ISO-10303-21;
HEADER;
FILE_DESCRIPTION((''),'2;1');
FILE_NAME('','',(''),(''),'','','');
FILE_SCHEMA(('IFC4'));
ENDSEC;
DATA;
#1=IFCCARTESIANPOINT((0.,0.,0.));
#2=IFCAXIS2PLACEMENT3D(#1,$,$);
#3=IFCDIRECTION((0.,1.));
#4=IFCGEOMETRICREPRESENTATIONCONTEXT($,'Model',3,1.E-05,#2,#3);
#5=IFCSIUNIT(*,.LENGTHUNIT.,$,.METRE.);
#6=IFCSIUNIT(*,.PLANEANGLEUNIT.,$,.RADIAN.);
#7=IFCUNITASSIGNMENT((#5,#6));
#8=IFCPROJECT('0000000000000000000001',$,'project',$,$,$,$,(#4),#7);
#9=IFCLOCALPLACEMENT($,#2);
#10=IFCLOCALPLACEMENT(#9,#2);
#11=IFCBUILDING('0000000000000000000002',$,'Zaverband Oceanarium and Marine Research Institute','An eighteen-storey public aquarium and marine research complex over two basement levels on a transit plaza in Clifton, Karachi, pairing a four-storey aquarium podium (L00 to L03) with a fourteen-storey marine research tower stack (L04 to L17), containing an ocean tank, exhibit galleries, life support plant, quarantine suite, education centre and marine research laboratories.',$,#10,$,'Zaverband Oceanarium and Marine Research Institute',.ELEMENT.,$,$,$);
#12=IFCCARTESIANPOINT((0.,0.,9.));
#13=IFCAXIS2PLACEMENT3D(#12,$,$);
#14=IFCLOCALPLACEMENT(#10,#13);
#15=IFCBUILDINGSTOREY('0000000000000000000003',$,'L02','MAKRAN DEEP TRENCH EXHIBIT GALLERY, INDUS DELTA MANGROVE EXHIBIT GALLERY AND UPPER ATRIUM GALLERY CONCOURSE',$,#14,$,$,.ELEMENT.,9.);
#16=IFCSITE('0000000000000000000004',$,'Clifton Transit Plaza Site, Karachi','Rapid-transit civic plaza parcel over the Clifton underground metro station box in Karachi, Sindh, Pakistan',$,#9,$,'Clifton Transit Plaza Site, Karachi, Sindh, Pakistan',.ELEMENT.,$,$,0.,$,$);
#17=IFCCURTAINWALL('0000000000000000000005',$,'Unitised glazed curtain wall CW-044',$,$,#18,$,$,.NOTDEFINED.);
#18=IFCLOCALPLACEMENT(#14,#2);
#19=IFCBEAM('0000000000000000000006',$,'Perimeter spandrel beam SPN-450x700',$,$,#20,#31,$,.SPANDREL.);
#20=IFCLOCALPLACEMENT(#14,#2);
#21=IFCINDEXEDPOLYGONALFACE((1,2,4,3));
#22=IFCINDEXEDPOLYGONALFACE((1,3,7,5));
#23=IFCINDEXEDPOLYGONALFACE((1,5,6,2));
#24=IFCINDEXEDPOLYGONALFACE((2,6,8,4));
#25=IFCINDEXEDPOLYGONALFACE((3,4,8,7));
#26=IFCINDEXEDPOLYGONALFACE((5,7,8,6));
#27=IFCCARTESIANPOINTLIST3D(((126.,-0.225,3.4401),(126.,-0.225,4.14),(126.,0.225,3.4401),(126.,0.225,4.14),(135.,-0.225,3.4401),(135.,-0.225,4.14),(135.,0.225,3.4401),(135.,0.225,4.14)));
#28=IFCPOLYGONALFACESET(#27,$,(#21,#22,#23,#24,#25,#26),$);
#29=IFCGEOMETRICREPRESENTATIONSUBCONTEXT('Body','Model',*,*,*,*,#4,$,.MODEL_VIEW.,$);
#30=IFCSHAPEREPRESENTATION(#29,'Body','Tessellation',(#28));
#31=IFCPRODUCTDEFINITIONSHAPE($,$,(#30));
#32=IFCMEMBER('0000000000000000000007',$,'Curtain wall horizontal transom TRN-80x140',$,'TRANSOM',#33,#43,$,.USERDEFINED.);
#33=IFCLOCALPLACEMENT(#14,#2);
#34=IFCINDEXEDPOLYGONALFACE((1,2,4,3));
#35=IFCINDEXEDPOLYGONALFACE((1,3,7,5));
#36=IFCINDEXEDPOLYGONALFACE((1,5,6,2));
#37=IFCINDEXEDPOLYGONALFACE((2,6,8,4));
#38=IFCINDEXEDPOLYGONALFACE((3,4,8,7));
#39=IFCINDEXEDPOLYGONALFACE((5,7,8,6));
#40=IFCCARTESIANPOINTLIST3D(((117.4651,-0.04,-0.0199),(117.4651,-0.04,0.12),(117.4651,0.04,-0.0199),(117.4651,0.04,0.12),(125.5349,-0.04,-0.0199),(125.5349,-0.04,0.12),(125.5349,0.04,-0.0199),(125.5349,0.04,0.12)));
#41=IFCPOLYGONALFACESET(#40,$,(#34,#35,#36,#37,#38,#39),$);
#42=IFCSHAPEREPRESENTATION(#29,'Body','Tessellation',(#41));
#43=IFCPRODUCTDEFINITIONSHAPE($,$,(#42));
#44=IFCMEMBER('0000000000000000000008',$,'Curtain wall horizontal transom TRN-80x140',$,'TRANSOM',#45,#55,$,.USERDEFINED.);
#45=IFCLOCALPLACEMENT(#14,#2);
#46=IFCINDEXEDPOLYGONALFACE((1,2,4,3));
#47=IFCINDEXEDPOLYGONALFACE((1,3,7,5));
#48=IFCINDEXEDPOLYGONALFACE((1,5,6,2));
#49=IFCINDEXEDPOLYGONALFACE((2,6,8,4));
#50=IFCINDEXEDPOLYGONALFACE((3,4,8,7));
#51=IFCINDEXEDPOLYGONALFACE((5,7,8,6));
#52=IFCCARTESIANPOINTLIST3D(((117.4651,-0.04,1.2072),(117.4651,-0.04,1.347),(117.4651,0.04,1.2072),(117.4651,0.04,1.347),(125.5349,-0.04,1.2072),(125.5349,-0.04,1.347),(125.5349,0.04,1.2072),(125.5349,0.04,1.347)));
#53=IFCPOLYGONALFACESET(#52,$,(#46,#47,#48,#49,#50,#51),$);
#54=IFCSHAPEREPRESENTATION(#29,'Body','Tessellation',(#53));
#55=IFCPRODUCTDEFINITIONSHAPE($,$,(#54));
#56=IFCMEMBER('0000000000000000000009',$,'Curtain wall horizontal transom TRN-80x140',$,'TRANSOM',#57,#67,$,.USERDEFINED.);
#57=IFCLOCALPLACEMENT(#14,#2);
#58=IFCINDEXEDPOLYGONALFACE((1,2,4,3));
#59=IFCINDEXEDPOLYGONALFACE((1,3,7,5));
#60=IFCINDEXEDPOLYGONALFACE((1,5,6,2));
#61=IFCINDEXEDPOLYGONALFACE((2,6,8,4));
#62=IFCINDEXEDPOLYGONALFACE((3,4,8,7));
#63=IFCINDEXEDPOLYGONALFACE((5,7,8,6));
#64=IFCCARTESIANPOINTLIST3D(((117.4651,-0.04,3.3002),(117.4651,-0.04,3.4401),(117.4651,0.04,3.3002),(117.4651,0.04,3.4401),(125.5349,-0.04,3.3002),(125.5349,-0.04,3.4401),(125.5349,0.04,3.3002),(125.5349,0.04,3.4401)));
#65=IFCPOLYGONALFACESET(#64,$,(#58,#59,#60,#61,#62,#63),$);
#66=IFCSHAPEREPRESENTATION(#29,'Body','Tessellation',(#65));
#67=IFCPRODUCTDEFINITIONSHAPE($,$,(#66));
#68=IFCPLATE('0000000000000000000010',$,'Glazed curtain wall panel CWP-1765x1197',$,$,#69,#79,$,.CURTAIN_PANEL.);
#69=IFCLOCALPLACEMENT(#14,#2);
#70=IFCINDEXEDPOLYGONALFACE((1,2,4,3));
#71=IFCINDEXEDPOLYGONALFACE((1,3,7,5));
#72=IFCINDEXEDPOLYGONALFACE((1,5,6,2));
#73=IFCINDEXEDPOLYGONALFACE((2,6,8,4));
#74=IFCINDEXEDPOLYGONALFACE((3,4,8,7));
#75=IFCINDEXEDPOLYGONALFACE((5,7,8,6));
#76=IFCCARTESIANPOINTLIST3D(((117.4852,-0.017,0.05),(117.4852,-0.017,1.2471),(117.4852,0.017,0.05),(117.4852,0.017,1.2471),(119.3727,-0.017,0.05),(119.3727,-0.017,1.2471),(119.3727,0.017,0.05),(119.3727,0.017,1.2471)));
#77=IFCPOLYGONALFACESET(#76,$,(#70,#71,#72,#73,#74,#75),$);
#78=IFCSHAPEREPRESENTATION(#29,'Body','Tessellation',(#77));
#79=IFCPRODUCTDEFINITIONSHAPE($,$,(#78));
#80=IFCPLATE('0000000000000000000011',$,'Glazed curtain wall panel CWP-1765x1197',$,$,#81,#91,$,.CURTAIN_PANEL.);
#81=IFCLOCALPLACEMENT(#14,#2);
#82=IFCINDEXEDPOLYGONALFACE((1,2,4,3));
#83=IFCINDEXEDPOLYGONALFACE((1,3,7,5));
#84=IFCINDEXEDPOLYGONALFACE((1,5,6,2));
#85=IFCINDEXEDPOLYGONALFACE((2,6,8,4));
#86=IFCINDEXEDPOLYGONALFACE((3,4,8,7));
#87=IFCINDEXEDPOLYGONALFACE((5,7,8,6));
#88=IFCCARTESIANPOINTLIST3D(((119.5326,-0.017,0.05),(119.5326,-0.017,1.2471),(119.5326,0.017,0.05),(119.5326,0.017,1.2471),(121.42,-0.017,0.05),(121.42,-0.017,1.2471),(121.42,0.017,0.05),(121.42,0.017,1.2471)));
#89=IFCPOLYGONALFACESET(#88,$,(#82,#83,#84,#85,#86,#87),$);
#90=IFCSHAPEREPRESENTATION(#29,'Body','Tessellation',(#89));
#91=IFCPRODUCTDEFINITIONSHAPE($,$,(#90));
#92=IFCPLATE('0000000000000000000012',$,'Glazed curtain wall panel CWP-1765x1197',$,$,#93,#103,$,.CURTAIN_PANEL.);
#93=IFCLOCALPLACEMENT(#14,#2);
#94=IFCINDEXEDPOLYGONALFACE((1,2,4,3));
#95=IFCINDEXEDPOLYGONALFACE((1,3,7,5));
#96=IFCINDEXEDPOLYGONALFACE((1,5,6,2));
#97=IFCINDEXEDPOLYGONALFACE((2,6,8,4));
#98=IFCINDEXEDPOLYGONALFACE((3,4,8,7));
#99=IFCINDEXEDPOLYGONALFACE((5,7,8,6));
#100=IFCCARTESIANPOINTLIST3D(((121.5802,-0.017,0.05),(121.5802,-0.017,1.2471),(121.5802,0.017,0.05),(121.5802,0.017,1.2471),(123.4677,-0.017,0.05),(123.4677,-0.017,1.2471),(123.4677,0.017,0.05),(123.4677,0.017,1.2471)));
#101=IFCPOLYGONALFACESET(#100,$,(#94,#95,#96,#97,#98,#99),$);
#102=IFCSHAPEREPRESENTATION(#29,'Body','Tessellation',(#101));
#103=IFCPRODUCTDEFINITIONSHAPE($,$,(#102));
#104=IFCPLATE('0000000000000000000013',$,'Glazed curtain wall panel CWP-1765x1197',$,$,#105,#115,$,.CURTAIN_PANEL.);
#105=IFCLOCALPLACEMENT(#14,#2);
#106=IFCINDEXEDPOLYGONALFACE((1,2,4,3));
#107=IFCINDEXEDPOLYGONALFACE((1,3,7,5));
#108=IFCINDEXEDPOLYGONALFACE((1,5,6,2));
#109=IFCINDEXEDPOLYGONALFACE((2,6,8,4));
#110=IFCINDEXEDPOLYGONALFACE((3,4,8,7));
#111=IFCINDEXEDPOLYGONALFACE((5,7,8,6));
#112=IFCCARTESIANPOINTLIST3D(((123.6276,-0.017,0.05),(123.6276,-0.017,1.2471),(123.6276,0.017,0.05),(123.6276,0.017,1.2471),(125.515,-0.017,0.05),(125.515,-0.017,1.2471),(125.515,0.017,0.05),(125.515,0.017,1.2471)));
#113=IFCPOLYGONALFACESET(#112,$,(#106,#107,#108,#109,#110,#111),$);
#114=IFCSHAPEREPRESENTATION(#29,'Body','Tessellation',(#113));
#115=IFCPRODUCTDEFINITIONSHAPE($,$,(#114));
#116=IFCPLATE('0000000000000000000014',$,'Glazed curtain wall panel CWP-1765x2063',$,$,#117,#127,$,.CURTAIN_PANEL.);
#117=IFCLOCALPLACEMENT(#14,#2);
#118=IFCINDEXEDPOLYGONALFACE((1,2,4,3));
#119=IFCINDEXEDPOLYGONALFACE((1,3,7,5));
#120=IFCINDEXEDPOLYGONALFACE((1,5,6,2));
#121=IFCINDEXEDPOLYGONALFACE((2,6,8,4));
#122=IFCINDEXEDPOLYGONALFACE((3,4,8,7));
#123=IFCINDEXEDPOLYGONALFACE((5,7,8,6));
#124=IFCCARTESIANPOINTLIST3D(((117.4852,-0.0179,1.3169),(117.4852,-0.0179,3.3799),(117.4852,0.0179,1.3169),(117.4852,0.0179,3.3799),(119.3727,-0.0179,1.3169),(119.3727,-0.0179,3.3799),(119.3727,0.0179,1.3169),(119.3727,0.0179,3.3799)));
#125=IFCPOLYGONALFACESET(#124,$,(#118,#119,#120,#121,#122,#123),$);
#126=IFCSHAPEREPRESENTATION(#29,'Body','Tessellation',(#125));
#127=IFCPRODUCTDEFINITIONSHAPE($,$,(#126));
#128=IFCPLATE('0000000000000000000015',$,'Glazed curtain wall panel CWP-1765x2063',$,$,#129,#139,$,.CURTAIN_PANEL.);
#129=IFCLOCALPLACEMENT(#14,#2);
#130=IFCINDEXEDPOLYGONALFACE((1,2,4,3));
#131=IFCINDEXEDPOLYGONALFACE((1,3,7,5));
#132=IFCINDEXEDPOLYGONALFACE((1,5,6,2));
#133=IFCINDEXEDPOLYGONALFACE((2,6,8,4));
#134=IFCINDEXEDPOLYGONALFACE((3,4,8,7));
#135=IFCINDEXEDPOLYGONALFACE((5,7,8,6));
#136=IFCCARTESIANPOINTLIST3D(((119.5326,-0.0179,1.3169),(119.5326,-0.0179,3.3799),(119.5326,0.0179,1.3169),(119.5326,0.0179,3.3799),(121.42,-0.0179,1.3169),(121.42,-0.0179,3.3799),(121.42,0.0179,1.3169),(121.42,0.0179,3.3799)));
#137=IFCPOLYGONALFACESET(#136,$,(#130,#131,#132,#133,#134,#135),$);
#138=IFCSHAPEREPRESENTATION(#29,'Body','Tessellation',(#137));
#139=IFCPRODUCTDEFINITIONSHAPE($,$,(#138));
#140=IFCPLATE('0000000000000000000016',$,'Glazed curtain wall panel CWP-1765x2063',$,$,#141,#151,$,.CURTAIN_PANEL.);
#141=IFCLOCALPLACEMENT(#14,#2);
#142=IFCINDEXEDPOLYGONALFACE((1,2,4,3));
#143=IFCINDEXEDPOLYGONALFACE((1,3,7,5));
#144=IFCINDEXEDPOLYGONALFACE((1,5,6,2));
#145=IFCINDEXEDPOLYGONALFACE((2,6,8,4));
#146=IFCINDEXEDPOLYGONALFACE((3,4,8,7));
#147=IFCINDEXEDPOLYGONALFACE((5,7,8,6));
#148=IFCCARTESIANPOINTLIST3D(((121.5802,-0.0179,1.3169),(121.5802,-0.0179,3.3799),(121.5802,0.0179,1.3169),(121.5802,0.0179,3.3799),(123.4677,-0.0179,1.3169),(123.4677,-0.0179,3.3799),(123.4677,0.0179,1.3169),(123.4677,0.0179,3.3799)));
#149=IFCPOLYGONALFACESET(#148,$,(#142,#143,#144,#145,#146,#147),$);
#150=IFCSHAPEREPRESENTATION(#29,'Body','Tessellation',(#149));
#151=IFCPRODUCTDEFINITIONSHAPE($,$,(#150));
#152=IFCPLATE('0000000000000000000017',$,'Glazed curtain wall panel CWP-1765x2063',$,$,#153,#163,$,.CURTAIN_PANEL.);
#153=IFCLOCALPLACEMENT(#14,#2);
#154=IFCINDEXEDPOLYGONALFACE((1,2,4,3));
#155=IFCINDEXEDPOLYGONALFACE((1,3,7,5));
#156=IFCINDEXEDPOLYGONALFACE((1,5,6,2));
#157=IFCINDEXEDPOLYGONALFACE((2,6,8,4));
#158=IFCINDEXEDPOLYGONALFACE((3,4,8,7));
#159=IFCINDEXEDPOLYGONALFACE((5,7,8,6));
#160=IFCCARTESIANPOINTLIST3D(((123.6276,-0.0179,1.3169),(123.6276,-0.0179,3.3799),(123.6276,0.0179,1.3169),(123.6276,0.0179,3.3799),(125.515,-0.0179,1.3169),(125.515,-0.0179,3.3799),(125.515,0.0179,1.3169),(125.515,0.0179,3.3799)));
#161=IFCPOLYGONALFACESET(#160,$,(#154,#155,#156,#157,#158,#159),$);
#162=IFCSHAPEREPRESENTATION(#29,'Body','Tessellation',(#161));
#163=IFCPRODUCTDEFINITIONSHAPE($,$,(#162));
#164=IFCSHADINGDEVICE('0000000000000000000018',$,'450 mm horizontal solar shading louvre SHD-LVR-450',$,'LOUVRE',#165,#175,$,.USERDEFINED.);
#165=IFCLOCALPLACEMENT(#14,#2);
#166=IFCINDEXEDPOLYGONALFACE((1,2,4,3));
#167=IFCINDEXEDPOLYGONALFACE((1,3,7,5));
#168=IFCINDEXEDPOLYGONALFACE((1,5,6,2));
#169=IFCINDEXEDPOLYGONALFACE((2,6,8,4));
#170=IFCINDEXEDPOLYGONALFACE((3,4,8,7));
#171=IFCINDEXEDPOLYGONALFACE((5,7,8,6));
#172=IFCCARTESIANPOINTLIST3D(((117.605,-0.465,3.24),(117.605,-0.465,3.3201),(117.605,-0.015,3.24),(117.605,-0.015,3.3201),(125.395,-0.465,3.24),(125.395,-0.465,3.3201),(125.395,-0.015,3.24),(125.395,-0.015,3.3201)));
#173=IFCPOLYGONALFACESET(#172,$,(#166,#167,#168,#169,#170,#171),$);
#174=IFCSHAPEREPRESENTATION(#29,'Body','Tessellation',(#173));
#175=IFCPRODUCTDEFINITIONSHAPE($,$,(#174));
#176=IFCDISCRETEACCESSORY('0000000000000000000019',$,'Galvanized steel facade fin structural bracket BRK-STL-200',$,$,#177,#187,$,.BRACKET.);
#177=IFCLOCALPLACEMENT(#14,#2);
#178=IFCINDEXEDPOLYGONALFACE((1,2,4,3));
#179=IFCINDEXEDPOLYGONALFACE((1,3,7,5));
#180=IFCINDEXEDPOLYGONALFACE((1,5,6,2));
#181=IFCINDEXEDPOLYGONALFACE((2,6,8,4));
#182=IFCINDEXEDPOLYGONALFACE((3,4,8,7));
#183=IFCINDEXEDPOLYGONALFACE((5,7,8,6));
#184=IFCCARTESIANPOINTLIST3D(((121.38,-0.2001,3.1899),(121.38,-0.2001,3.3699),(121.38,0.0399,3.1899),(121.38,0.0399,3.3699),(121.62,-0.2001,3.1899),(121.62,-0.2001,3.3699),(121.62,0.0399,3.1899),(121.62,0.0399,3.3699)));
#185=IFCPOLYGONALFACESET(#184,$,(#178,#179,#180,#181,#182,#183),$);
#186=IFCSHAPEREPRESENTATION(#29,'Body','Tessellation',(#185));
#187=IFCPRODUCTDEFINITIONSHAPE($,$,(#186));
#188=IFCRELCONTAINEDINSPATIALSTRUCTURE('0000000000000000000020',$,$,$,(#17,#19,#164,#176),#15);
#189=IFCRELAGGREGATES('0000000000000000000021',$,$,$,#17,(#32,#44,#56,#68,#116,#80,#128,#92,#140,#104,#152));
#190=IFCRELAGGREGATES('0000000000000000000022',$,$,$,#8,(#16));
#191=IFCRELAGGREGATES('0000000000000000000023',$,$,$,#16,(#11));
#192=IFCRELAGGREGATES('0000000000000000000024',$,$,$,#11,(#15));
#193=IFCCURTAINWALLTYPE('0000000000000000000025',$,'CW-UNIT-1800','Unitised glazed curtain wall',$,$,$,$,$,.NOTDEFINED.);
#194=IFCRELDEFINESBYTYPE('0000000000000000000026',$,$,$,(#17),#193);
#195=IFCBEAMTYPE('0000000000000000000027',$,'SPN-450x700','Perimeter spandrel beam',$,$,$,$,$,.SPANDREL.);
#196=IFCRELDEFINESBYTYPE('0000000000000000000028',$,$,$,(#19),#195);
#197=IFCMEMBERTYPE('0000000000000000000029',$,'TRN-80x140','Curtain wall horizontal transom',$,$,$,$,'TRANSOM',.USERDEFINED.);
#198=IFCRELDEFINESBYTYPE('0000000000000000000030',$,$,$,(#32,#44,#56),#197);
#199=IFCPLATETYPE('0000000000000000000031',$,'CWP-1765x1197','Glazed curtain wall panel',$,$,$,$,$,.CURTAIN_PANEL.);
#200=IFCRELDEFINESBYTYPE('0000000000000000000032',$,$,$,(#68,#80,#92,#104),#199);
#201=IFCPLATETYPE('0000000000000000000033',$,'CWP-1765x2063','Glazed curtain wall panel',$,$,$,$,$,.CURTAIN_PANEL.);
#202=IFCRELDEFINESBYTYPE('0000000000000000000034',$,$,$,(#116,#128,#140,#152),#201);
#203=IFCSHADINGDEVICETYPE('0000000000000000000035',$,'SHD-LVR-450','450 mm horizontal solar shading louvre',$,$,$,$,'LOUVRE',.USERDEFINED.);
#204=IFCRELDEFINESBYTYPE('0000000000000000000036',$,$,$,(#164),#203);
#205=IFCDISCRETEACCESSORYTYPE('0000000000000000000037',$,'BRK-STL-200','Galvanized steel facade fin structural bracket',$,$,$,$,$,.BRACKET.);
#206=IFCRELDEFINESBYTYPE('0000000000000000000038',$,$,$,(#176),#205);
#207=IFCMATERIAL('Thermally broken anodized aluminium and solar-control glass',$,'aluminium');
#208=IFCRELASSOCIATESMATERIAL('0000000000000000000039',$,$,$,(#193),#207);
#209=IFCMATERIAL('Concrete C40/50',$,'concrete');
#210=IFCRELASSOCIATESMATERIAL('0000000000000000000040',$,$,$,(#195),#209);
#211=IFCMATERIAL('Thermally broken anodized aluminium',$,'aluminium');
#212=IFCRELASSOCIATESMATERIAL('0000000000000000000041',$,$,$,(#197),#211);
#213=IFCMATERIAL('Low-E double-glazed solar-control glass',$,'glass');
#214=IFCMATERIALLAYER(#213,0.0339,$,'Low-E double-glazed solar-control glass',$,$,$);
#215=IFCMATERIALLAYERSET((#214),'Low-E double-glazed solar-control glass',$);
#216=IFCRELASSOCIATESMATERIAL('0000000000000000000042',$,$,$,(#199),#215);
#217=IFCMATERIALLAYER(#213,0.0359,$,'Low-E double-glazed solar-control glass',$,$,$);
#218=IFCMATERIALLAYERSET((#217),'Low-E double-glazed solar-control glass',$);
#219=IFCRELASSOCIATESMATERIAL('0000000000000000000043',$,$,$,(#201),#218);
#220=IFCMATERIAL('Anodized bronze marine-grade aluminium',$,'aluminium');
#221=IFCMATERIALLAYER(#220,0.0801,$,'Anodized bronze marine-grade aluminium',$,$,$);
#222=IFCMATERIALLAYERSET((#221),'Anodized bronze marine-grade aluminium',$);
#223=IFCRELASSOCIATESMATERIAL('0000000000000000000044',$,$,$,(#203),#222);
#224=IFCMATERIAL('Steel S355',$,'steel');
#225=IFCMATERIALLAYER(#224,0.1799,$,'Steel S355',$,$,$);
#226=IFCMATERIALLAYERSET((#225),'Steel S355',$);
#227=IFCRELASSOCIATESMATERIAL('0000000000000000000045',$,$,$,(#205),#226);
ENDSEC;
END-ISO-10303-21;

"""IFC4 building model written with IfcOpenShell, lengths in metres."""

from ifc_helpers import new_model, si_unit, direction, frame, frame_2d, origin, origin_2d, place, context, subcontext, project, spatial, rectangle, extrude, material, layer, layer_set, material_profile, profile_set, type_object, element, aggregate, save


model = new_model("IFC4")

# Units and contexts
model_context = context("Model", 3, precision=1e-05, world=origin(), true_north=direction((0.0, 1.0)))
body_context = subcontext(model_context, "Body", "Model", "MODEL_VIEW")
ifc_project = project(units=[si_unit("LENGTHUNIT", "METRE"), si_unit("PLANEANGLEUNIT", "RADIAN")], contexts=[model_context])

# Site, building, storey
site_placement = place(None, origin())
site = spatial("IfcSite", under=ifc_project, at=site_placement, Name="Clifton Transit Plaza Site, Karachi", Description="Rapid-transit civic plaza parcel over the Clifton underground metro station box in Karachi, Sindh, Pakistan", LongName="Clifton Transit Plaza Site, Karachi, Sindh, Pakistan", CompositionType="ELEMENT", RefElevation=0.0)
building_placement = place(site_placement, origin())
building = spatial("IfcBuilding", under=site, at=building_placement, Name="Zaverband Oceanarium and Marine Research Institute", Description="An eighteen-storey public aquarium and marine research complex over two basement levels on a transit plaza in Clifton, Karachi, pairing a four-storey aquarium podium (L00 to L03) with a fourteen-storey marine research tower stack (L04 to L17), containing an ocean tank, exhibit galleries, life support plant, quarantine suite, education centre and marine research laboratories.", LongName="Zaverband Oceanarium and Marine Research Institute", CompositionType="ELEMENT")
storey_placement = place(building_placement, frame((0.0, 0.0, 9.0)))
storey = spatial("IfcBuildingStorey", under=building, at=storey_placement, Name="L02", Description="MAKRAN DEEP TRENCH EXHIBIT GALLERY, INDUS DELTA MANGROVE EXHIBIT GALLERY AND UPPER ATRIUM GALLERY CONCOURSE", CompositionType="ELEMENT", Elevation=9.0)

# Shared definitions
ifc_material_1 = material(Name="Concrete C40/50", Category="concrete")

# Curtain wall
ifc_material_2 = material(Name="Thermally broken anodized aluminium and solar-control glass", Category="aluminium")
curtain_wall_type = type_object("IfcCurtainWallType", Name="CW-UNIT-1800", Description="Unitised glazed curtain wall", PredefinedType="NOTDEFINED", material=ifc_material_2)
curtain_wall_placement = place(storey_placement, origin())
curtain_wall = element("IfcCurtainWall", 1, at=curtain_wall_placement, inside=storey, type_object=curtain_wall_type, Name="Unitised glazed curtain wall CW-044", PredefinedType="NOTDEFINED")
ifc_material_3 = material(Name="Thermally broken anodized aluminium", Category="aluminium")

# Beam
ifc_material_profile_1 = material_profile(ifc_material_1, rectangle(XDim=0.45, YDim=0.7, at=origin_2d()), Name="RC450x700")
ifc_profile_set_1 = profile_set([ifc_material_profile_1], Name="Concrete C40/50")
beam_type_1 = type_object("IfcBeamType", Name="SPN-450x700", Description="Perimeter spandrel beam", PredefinedType="SPANDREL", material=ifc_profile_set_1)
beam_placement = place(storey_placement, frame((126.0, 0.0, 3.79), z_axis=(1.0, 0.0, 0.0), x_axis=(0.0, 1.0, 0.0)))
element("IfcBeam", 2, at=beam_placement, inside=storey, type_object=beam_type_1, Name="Perimeter spandrel beam SPN-450x700", PredefinedType="SPANDREL", context=body_context, shape_type="SweptSolid", body=[
    extrude(rectangle(XDim=0.45, YDim=0.7, at=origin_2d()), origin(), (0.0, 0.0, 1.0), 9.0),
])

# Members
ifc_material_profile_2 = material_profile(ifc_material_3, rectangle(XDim=0.0801, YDim=0.1399, at=origin_2d()), Name="AL-TRN-80x140")
ifc_profile_set_2 = profile_set([ifc_material_profile_2], Name="Thermally broken anodized aluminium")
member_type_1 = type_object("IfcMemberType", Name="TRN-80x140", Description="Curtain wall horizontal transom", ElementType="TRANSOM", PredefinedType="USERDEFINED", material=ifc_profile_set_2)
member_1_placement = place(storey_placement, frame((117.4651, 0.0, 0.05), z_axis=(1.0, 0.0, 0.0), x_axis=(0.0, 1.0, 0.0)))
member_1 = element("IfcMember", 3, at=member_1_placement, type_object=member_type_1, Name="Curtain wall horizontal transom TRN-80x140", ObjectType="TRANSOM", PredefinedType="USERDEFINED", context=body_context, shape_type="SweptSolid", body=[
    extrude(rectangle(XDim=0.0801, YDim=0.1399, at=origin_2d()), origin(), (0.0, 0.0, 1.0), 8.0698),
])
member_2_placement = place(storey_placement, frame((117.4651, 0.0, 1.2771), z_axis=(1.0, 0.0, 0.0), x_axis=(0.0, 1.0, 0.0)))
member_2 = element("IfcMember", 4, at=member_2_placement, type_object=member_type_1, Name="Curtain wall horizontal transom TRN-80x140", ObjectType="TRANSOM", PredefinedType="USERDEFINED", context=body_context, shape_type="SweptSolid", body=[
    extrude(rectangle(XDim=0.0801, YDim=0.1399, at=origin_2d()), origin(), (0.0, 0.0, 1.0), 8.0698),
])
member_3_placement = place(storey_placement, frame((117.4651, 0.0, 3.3701), z_axis=(1.0, 0.0, 0.0), x_axis=(0.0, 1.0, 0.0)))
member_3 = element("IfcMember", 5, at=member_3_placement, type_object=member_type_1, Name="Curtain wall horizontal transom TRN-80x140", ObjectType="TRANSOM", PredefinedType="USERDEFINED", context=body_context, shape_type="SweptSolid", body=[
    extrude(rectangle(XDim=0.0801, YDim=0.1399, at=origin_2d()), origin(), (0.0, 0.0, 1.0), 8.0698),
])

# Plates
ifc_material_4 = material(Name="Low-E double-glazed solar-control glass", Category="glass")
ifc_layer_1 = layer(ifc_material_4, 0.0339, Name="Low-E double-glazed solar-control glass")
ifc_layer_set_1 = layer_set([ifc_layer_1], Name="Low-E double-glazed solar-control glass")
plate_type_1 = type_object("IfcPlateType", Name="CWP-1765x1197", Description="Glazed curtain wall panel", PredefinedType="CURTAIN_PANEL", material=ifc_layer_set_1)
plate_1_placement = place(storey_placement, frame((117.4851, 0.0, 0.05), z_axis=(0.0, 0.0, 1.0), x_axis=(1.0, 0.0, 0.0)))
plate_1 = element("IfcPlate", 6, at=plate_1_placement, type_object=plate_type_1, Name="Glazed curtain wall panel CWP-1765x1197", PredefinedType="CURTAIN_PANEL", context=body_context, shape_type="SweptSolid", body=[
    extrude(rectangle(XDim=1.8875, YDim=0.0339, at=frame_2d((0.9438, 0.0))), origin(), (0.0, 0.0, 1.0), 1.197),
])
plate_2_placement = place(storey_placement, frame((119.5325, 0.0, 0.05), z_axis=(0.0, 0.0, 1.0), x_axis=(1.0, 0.0, 0.0)))
plate_2 = element("IfcPlate", 7, at=plate_2_placement, type_object=plate_type_1, Name="Glazed curtain wall panel CWP-1765x1197", PredefinedType="CURTAIN_PANEL", context=body_context, shape_type="SweptSolid", body=[
    extrude(rectangle(XDim=1.8875, YDim=0.0339, at=frame_2d((0.9438, 0.0))), origin(), (0.0, 0.0, 1.0), 1.197),
])
plate_3_placement = place(storey_placement, frame((121.5801, 0.0, 0.05), z_axis=(0.0, 0.0, 1.0), x_axis=(1.0, 0.0, 0.0)))
plate_3 = element("IfcPlate", 8, at=plate_3_placement, type_object=plate_type_1, Name="Glazed curtain wall panel CWP-1765x1197", PredefinedType="CURTAIN_PANEL", context=body_context, shape_type="SweptSolid", body=[
    extrude(rectangle(XDim=1.8875, YDim=0.0339, at=frame_2d((0.9438, 0.0))), origin(), (0.0, 0.0, 1.0), 1.197),
])
plate_4_placement = place(storey_placement, frame((123.6274, 0.0, 0.05), z_axis=(0.0, 0.0, 1.0), x_axis=(1.0, 0.0, 0.0)))
plate_4 = element("IfcPlate", 9, at=plate_4_placement, type_object=plate_type_1, Name="Glazed curtain wall panel CWP-1765x1197", PredefinedType="CURTAIN_PANEL", context=body_context, shape_type="SweptSolid", body=[
    extrude(rectangle(XDim=1.8875, YDim=0.0339, at=frame_2d((0.9438, 0.0))), origin(), (0.0, 0.0, 1.0), 1.197),
])
ifc_layer_2 = layer(ifc_material_4, 0.0359, Name="Low-E double-glazed solar-control glass")
ifc_layer_set_2 = layer_set([ifc_layer_2], Name="Low-E double-glazed solar-control glass")
plate_type_2 = type_object("IfcPlateType", Name="CWP-1765x2063", Description="Glazed curtain wall panel", PredefinedType="CURTAIN_PANEL", material=ifc_layer_set_2)
plate_5_placement = place(storey_placement, frame((117.4851, 0.0, 1.3169), z_axis=(0.0, 0.0, 1.0), x_axis=(1.0, 0.0, 0.0)))
plate_5 = element("IfcPlate", 10, at=plate_5_placement, type_object=plate_type_2, Name="Glazed curtain wall panel CWP-1765x2063", PredefinedType="CURTAIN_PANEL", context=body_context, shape_type="SweptSolid", body=[
    extrude(rectangle(XDim=1.8875, YDim=0.0359, at=frame_2d((0.9438, 0.0))), origin(), (0.0, 0.0, 1.0), 2.063),
])
plate_6_placement = place(storey_placement, frame((119.5325, 0.0, 1.3169), z_axis=(0.0, 0.0, 1.0), x_axis=(1.0, 0.0, 0.0)))
plate_6 = element("IfcPlate", 11, at=plate_6_placement, type_object=plate_type_2, Name="Glazed curtain wall panel CWP-1765x2063", PredefinedType="CURTAIN_PANEL", context=body_context, shape_type="SweptSolid", body=[
    extrude(rectangle(XDim=1.8875, YDim=0.0359, at=frame_2d((0.9438, 0.0))), origin(), (0.0, 0.0, 1.0), 2.063),
])
plate_7_placement = place(storey_placement, frame((121.5801, 0.0, 1.3169), z_axis=(0.0, 0.0, 1.0), x_axis=(1.0, 0.0, 0.0)))
plate_7 = element("IfcPlate", 12, at=plate_7_placement, type_object=plate_type_2, Name="Glazed curtain wall panel CWP-1765x2063", PredefinedType="CURTAIN_PANEL", context=body_context, shape_type="SweptSolid", body=[
    extrude(rectangle(XDim=1.8875, YDim=0.0359, at=frame_2d((0.9438, 0.0))), origin(), (0.0, 0.0, 1.0), 2.063),
])
plate_8_placement = place(storey_placement, frame((123.6274, 0.0, 1.3169), z_axis=(0.0, 0.0, 1.0), x_axis=(1.0, 0.0, 0.0)))
plate_8 = element("IfcPlate", 13, at=plate_8_placement, type_object=plate_type_2, Name="Glazed curtain wall panel CWP-1765x2063", PredefinedType="CURTAIN_PANEL", context=body_context, shape_type="SweptSolid", body=[
    extrude(rectangle(XDim=1.8875, YDim=0.0359, at=frame_2d((0.9438, 0.0))), origin(), (0.0, 0.0, 1.0), 2.063),
])
aggregate(curtain_wall, [member_1, member_2, member_3, plate_1, plate_5, plate_2, plate_6, plate_3, plate_7, plate_4, plate_8])

# Shading device
ifc_material_5 = material(Name="Anodized bronze marine-grade aluminium", Category="aluminium")
ifc_layer_3 = layer(ifc_material_5, 0.0801, Name="Anodized bronze marine-grade aluminium")
ifc_layer_set_3 = layer_set([ifc_layer_3], Name="Anodized bronze marine-grade aluminium")
shading_device_type = type_object("IfcShadingDeviceType", Name="SHD-LVR-450", Description="450 mm horizontal solar shading louvre", ElementType="LOUVRE", PredefinedType="USERDEFINED", material=ifc_layer_set_3)
shading_device_placement = place(storey_placement, frame((117.605, -0.24, 3.24), z_axis=(0.0, 0.0, 1.0), x_axis=(1.0, 0.0, 0.0)))
element("IfcShadingDevice", 14, at=shading_device_placement, inside=storey, type_object=shading_device_type, Name="450 mm horizontal solar shading louvre SHD-LVR-450", ObjectType="LOUVRE", PredefinedType="USERDEFINED", context=body_context, shape_type="SweptSolid", body=[
    extrude(rectangle(XDim=7.79, YDim=0.45, at=frame_2d((3.895, 0.0))), origin(), (0.0, 0.0, 1.0), 0.0801),
])

# Discrete accessory
ifc_material_6 = material(Name="Steel S355", Category="steel")
ifc_layer_4 = layer(ifc_material_6, 0.1799, Name="Steel S355")
ifc_layer_set_4 = layer_set([ifc_layer_4], Name="Steel S355")
discrete_accessory_type = type_object("IfcDiscreteAccessoryType", Name="BRK-STL-200", Description="Galvanized steel facade fin structural bracket", PredefinedType="BRACKET", material=ifc_layer_set_4)
discrete_accessory_placement = place(storey_placement, frame((121.5, -0.0801, 3.1899), z_axis=(0.0, 0.0, 1.0), x_axis=(1.0, 0.0, 0.0)))
element("IfcDiscreteAccessory", 15, at=discrete_accessory_placement, inside=storey, type_object=discrete_accessory_type, Name="Galvanized steel facade fin structural bracket BRK-STL-200", PredefinedType="BRACKET", context=body_context, shape_type="SweptSolid", body=[
    extrude(rectangle(XDim=0.24, YDim=0.24, at=origin_2d()), origin(), (0.0, 0.0, 1.0), 0.1799),
])

save(model, "model.ifc")
